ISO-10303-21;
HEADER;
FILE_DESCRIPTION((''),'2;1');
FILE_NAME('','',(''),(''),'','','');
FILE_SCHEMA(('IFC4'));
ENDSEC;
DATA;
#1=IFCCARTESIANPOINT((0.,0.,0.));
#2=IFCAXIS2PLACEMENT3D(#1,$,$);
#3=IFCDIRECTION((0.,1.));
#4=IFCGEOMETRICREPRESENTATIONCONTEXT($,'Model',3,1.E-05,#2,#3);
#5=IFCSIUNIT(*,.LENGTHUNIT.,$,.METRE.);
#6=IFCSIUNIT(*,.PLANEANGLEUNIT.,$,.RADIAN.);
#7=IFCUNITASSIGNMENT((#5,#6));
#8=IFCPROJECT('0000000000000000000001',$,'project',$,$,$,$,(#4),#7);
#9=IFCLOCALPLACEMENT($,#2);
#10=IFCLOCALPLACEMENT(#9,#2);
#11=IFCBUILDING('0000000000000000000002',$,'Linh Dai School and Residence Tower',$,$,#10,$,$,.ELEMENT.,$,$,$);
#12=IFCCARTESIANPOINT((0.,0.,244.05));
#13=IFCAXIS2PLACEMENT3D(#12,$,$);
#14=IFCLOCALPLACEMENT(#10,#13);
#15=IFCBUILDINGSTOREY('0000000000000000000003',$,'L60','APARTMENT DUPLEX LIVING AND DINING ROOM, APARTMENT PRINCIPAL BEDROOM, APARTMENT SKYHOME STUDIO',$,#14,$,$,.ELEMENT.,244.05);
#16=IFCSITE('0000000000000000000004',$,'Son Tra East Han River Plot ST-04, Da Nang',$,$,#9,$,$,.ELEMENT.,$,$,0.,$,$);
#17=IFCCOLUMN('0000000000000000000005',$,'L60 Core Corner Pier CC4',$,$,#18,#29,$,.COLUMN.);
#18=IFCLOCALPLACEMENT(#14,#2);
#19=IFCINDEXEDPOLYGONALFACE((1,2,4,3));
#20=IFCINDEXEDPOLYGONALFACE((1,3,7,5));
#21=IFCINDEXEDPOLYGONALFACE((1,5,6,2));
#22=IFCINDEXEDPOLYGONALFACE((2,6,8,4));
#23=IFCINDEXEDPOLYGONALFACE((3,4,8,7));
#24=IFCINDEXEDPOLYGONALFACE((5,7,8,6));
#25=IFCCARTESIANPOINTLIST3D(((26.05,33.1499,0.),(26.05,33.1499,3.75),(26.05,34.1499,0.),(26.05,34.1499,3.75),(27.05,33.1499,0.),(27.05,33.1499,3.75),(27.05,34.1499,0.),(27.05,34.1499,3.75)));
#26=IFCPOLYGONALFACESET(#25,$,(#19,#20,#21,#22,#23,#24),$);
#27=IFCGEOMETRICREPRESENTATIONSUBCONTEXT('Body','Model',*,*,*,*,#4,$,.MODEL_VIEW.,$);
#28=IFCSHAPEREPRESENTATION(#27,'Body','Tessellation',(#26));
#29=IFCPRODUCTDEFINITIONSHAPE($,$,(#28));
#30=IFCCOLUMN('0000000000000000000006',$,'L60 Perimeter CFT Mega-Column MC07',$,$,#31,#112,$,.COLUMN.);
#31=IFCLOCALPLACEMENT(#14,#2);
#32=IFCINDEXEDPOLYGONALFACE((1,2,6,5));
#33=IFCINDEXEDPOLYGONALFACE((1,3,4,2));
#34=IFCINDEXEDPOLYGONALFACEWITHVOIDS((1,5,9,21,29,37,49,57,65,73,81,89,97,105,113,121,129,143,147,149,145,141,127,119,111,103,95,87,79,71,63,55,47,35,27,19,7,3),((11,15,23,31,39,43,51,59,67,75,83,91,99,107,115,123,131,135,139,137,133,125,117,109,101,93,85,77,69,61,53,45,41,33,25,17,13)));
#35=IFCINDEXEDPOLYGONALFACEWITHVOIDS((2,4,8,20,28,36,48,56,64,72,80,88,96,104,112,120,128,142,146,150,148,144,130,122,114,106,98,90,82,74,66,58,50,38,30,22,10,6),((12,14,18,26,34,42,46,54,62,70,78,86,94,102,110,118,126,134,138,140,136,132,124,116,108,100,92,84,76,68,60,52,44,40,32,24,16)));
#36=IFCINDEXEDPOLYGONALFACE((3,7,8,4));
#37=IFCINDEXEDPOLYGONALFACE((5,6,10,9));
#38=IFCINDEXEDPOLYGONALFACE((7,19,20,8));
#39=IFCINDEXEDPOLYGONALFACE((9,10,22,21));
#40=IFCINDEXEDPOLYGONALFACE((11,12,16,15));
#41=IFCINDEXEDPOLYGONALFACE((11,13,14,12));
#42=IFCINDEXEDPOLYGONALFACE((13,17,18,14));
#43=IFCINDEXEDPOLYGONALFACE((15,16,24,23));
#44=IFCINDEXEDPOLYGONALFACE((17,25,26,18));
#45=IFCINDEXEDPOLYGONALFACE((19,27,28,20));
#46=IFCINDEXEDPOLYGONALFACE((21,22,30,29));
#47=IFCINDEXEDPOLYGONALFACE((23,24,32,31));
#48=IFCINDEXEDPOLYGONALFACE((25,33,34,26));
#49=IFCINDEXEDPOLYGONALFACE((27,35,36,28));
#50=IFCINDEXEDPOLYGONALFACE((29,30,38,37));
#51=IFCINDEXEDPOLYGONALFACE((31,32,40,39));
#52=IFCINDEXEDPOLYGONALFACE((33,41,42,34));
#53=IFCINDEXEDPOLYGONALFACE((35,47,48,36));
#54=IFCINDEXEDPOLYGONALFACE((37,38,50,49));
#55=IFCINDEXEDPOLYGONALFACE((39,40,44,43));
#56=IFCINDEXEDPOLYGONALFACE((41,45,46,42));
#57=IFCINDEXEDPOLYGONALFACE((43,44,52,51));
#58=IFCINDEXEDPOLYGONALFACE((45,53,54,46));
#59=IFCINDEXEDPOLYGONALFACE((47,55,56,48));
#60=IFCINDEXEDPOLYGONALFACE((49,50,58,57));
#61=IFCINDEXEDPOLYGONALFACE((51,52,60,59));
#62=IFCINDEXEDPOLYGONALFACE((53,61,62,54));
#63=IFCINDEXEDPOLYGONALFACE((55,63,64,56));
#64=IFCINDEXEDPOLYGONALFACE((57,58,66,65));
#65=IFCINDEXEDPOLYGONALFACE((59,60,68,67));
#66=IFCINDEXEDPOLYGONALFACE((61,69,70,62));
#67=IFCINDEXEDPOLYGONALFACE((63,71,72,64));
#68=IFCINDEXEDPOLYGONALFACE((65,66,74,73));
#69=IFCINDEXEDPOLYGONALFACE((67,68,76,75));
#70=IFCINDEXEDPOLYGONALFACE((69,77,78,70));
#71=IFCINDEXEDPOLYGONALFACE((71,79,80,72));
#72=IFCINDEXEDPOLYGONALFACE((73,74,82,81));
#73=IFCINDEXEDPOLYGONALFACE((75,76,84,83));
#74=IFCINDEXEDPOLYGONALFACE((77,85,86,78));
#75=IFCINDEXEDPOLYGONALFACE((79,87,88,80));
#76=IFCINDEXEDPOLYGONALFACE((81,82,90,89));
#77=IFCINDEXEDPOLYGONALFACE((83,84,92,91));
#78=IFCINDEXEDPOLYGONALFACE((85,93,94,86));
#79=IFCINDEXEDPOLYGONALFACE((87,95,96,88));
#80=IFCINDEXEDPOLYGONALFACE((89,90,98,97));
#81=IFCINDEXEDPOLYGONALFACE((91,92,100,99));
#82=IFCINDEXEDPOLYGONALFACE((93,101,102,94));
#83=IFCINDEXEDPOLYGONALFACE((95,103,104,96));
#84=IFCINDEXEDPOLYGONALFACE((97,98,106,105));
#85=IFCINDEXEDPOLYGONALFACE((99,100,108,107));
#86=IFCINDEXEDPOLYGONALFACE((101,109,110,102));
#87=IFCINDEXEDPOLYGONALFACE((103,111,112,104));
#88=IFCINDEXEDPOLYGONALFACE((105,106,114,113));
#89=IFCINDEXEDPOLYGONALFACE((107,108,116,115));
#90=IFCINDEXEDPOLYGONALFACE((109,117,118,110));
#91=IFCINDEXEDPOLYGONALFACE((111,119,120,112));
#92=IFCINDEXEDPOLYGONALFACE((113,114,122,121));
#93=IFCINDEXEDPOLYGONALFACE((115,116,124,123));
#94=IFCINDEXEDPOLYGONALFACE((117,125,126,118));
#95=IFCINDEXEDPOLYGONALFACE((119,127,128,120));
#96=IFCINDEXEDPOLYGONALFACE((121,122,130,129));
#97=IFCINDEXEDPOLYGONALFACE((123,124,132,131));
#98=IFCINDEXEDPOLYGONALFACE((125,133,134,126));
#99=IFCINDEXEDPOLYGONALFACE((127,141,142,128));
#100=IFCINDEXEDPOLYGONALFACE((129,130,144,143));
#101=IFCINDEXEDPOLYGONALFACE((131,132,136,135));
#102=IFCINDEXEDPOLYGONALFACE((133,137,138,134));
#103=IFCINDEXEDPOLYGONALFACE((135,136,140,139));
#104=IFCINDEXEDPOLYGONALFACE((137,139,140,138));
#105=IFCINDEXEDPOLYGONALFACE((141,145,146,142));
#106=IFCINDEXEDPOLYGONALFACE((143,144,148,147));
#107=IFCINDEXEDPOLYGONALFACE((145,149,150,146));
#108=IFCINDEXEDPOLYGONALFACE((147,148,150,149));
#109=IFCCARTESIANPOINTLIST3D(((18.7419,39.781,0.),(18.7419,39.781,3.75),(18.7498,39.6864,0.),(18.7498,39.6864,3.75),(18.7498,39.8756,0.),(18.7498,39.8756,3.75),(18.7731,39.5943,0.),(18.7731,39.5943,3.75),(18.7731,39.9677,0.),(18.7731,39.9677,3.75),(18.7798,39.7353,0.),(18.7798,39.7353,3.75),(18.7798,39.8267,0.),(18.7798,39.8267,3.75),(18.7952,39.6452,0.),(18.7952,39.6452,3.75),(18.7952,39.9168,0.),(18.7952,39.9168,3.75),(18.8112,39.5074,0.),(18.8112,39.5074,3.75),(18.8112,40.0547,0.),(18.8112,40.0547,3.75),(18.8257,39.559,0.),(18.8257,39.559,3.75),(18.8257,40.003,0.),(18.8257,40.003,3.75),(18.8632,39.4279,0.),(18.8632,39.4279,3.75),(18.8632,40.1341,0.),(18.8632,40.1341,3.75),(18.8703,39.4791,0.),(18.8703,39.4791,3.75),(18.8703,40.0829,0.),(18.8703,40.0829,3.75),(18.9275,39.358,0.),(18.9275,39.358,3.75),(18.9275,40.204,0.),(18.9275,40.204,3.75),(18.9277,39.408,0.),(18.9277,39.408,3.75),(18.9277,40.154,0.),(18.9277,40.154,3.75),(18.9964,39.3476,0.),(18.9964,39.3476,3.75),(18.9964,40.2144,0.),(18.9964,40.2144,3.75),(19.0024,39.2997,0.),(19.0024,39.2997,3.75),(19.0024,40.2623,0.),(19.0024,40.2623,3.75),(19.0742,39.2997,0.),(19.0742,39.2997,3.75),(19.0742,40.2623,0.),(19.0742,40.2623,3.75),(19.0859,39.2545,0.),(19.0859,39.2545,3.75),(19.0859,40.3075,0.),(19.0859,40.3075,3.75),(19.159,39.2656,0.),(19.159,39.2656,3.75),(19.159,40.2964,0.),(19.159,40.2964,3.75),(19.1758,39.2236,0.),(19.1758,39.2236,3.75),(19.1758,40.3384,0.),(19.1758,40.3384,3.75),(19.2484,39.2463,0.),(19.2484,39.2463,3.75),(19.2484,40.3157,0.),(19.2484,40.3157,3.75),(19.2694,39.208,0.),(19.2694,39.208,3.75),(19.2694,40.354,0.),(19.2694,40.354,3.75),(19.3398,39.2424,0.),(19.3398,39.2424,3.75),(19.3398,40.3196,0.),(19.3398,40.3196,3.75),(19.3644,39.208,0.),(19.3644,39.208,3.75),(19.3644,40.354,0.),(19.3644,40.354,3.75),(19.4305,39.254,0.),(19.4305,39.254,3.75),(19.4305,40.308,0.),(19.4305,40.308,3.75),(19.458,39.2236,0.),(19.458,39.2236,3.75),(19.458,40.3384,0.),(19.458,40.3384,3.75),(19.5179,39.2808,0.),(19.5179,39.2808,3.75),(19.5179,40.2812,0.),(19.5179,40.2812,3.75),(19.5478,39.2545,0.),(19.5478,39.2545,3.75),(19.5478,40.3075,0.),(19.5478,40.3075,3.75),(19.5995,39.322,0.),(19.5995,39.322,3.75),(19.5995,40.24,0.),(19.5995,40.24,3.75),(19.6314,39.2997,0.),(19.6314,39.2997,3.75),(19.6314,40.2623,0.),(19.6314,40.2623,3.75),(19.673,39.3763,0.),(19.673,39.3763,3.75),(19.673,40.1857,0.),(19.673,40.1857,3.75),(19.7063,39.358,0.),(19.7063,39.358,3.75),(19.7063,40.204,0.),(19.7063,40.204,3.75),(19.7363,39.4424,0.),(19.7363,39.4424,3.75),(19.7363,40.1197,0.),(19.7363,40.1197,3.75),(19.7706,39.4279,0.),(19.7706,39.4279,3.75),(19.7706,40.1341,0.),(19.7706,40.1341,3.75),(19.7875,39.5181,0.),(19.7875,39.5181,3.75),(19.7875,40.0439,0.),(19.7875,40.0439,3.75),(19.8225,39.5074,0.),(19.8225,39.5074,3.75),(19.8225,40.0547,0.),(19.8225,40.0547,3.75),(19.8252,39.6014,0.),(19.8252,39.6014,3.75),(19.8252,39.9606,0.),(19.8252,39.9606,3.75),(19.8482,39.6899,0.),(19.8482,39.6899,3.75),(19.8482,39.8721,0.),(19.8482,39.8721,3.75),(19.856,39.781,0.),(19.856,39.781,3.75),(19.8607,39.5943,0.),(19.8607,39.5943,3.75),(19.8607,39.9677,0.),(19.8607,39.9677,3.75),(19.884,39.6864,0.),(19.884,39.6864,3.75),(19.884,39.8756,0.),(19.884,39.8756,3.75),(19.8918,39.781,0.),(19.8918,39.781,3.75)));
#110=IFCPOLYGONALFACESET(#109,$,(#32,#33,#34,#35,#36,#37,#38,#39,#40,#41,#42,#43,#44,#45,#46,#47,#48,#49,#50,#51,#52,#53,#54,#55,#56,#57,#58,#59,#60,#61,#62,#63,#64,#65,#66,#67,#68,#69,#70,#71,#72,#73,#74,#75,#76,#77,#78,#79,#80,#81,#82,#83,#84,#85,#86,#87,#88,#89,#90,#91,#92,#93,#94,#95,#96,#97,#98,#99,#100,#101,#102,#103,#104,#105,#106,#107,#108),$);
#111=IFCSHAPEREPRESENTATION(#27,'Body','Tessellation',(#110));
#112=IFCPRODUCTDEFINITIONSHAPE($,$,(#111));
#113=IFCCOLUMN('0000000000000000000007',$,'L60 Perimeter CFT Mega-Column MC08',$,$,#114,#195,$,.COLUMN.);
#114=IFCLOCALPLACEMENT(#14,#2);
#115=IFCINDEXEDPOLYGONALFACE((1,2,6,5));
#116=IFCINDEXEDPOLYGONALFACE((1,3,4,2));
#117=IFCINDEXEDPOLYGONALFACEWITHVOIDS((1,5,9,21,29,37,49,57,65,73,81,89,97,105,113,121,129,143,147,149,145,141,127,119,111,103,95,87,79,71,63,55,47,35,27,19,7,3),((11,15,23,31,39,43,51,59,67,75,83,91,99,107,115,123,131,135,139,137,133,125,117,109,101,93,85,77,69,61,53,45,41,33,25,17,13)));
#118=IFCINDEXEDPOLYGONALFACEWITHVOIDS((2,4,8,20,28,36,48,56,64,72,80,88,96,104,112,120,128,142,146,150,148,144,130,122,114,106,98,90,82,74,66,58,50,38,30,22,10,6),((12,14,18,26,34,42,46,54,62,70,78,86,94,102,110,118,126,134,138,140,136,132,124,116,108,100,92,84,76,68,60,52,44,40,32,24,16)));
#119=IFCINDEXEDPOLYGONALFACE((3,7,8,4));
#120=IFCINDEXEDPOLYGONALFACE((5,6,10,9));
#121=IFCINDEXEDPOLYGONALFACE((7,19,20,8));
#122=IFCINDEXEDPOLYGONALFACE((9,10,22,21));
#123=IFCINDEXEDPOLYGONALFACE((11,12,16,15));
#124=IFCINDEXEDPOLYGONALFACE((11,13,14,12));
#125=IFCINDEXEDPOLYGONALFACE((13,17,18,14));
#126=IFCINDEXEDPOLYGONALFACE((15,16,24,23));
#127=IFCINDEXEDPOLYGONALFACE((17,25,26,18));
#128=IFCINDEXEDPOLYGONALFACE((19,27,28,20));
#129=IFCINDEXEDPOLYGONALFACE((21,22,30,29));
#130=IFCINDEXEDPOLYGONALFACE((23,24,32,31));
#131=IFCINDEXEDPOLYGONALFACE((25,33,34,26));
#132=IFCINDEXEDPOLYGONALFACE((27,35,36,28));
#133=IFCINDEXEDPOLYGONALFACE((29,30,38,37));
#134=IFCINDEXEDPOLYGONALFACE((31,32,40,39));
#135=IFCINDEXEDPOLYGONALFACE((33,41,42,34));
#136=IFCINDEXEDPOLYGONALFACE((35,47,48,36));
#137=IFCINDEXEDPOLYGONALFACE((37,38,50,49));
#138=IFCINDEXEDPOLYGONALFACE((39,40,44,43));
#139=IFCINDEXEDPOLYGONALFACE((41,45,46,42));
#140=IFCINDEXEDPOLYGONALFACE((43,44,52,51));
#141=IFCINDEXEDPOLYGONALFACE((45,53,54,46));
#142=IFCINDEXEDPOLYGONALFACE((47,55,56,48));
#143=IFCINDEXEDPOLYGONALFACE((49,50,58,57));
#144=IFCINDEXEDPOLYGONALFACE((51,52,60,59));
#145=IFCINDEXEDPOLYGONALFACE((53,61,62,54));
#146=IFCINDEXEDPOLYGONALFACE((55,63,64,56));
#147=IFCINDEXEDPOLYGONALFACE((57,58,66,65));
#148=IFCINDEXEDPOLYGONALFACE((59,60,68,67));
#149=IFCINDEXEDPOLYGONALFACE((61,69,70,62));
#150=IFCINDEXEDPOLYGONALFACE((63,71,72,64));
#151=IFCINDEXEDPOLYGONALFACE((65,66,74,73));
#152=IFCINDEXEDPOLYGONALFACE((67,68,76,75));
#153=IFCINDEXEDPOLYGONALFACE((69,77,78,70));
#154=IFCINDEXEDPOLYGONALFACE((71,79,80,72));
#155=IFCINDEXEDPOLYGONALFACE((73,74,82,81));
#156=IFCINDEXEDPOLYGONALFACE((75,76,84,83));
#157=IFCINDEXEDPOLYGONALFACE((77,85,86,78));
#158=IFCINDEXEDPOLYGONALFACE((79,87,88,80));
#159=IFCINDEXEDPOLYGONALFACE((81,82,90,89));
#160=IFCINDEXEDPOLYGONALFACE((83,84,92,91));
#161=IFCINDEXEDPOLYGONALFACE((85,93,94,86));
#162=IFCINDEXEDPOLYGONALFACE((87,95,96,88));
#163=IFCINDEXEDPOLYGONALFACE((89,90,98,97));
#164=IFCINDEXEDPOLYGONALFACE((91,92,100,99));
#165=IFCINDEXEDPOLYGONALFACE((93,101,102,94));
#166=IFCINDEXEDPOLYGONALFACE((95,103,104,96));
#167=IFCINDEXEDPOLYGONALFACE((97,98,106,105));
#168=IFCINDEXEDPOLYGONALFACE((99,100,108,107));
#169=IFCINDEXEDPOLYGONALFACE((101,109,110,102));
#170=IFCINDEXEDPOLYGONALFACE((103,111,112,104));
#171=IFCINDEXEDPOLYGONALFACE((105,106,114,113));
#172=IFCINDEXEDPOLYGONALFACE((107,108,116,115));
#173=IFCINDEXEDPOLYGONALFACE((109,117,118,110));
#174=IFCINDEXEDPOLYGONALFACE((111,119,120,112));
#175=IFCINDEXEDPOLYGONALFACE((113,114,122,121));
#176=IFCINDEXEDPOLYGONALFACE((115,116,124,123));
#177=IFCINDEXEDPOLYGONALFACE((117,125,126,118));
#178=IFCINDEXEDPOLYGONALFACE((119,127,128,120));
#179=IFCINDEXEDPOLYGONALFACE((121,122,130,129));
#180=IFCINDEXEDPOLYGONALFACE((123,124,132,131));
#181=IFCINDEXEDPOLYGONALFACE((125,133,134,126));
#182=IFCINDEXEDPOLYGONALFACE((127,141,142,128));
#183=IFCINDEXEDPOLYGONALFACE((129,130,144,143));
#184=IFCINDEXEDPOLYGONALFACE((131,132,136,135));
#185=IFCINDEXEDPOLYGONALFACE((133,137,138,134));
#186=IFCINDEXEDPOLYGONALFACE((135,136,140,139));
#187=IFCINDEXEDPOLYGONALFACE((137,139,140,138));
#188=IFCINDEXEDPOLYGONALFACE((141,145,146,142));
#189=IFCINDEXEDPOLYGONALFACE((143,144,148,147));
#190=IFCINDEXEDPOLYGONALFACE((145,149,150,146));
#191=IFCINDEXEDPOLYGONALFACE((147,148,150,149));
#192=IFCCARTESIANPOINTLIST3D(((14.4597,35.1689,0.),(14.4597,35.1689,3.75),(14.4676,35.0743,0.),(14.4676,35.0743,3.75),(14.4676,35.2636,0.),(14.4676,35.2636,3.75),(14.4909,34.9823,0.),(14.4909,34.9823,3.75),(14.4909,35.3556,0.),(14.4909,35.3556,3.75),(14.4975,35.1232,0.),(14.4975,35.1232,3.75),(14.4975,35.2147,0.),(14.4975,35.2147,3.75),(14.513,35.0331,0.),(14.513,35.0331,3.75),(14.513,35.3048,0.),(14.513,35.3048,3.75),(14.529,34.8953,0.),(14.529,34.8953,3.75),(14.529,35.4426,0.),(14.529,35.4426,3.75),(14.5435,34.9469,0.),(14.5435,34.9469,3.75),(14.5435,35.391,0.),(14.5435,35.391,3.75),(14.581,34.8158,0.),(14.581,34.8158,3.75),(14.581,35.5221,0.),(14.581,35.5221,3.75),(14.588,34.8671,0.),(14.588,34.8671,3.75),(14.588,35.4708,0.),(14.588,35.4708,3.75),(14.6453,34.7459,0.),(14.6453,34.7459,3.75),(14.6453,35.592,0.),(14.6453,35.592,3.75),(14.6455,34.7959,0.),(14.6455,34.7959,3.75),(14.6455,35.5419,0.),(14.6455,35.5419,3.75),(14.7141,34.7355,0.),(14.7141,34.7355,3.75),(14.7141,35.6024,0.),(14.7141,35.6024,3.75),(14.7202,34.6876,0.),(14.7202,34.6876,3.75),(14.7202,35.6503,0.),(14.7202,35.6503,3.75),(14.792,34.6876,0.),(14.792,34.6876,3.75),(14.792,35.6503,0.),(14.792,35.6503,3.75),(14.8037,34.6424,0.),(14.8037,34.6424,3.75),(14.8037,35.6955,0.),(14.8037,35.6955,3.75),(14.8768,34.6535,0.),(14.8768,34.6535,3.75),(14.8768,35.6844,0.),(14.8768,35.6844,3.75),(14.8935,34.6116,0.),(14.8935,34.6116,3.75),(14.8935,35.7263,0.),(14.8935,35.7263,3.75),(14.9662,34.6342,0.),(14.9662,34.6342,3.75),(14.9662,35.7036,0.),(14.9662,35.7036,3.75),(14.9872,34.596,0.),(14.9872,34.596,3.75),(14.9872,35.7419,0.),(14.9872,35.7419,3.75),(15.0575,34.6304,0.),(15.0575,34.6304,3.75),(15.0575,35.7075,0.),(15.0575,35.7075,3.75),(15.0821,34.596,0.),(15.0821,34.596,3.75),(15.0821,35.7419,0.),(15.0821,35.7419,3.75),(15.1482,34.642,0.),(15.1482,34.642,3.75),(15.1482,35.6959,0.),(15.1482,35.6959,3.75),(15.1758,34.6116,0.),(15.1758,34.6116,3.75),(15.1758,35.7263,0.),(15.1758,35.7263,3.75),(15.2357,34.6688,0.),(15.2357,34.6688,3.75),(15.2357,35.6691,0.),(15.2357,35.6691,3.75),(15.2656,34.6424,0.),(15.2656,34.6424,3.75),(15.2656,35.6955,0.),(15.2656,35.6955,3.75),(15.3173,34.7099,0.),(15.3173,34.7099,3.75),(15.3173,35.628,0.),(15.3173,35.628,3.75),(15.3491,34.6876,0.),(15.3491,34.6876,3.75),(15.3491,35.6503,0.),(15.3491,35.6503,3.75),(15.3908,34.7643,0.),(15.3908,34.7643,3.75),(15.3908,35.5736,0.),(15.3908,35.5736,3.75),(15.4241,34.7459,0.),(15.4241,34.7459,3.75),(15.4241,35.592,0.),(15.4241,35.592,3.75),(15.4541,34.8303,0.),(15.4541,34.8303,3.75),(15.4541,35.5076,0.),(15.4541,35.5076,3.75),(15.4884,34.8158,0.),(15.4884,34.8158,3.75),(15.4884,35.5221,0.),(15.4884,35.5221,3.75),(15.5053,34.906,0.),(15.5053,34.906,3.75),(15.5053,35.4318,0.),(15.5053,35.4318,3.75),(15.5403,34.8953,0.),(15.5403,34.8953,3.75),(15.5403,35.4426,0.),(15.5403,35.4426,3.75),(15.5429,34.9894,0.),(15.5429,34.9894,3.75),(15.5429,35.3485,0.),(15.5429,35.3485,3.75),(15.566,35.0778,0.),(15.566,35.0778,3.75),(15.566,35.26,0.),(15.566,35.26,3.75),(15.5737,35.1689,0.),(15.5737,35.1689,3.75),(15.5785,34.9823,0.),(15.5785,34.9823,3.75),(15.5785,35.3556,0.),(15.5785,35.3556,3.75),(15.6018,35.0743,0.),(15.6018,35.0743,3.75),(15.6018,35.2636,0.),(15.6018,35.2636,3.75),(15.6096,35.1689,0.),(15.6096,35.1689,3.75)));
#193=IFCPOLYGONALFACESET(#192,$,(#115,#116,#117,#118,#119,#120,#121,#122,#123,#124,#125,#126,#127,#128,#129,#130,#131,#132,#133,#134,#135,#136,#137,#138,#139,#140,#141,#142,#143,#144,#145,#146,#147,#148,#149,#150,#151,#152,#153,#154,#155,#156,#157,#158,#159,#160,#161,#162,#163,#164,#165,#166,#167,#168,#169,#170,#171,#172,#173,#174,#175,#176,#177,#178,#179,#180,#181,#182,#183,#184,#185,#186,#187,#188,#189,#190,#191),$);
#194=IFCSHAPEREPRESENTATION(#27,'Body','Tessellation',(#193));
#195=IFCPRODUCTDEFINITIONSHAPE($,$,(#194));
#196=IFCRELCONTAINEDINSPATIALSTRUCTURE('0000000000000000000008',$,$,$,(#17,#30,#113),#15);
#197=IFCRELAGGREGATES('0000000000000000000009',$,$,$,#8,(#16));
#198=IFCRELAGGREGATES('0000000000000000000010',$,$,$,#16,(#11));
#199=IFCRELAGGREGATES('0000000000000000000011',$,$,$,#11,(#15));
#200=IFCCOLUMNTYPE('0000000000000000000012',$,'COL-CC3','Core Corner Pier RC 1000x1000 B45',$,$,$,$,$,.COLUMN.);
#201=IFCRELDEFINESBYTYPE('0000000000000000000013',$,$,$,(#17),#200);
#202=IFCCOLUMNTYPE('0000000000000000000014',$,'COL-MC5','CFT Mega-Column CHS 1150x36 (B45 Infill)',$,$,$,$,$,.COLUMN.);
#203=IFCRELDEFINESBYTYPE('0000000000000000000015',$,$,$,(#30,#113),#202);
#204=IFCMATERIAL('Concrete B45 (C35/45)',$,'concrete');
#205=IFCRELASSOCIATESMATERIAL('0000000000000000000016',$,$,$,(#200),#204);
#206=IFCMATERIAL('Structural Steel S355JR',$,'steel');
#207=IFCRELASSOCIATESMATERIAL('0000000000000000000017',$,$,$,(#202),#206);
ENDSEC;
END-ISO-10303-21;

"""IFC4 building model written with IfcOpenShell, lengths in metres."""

from ifc_helpers import new_model, si_unit, direction, frame, origin, origin_2d, place, context, subcontext, project, spatial, rectangle, hollow_circle, extrude, material, material_profile, profile_set, type_object, element, save


model = new_model("IFC4")

# Units and contexts
model_context = context("Model", 3, precision=1e-05, world=origin(), true_north=direction((0.0, 1.0)))
body_context = subcontext(model_context, "Body", "Model", "MODEL_VIEW")
ifc_project = project(units=[si_unit("LENGTHUNIT", "METRE"), si_unit("PLANEANGLEUNIT", "RADIAN")], contexts=[model_context])

# Site, building, storey
site_placement = place(None, origin())
site = spatial("IfcSite", under=ifc_project, at=site_placement, Name="Son Tra East Han River Plot ST-04, Da Nang", CompositionType="ELEMENT", RefElevation=0.0)
building_placement = place(site_placement, origin())
building = spatial("IfcBuilding", under=site, at=building_placement, Name="Linh Dai School and Residence Tower", CompositionType="ELEMENT")
storey_placement = place(building_placement, frame((0.0, 0.0, 244.05)))
storey = spatial("IfcBuildingStorey", under=building, at=storey_placement, Name="L60", Description="APARTMENT DUPLEX LIVING AND DINING ROOM, APARTMENT PRINCIPAL BEDROOM, APARTMENT SKYHOME STUDIO", CompositionType="ELEMENT", Elevation=244.05)

# Columns
ifc_material_1 = material(Name="Concrete B45 (C35/45)", Category="concrete")
ifc_material_profile_1 = material_profile(ifc_material_1, rectangle(XDim=1.0, YDim=1.0, at=origin_2d()), Name="RC 1000x1000")
ifc_profile_set_1 = profile_set([ifc_material_profile_1], Name="Concrete B45 (C35/45)")
column_type_1 = type_object("IfcColumnType", Name="COL-CC3", Description="Core Corner Pier RC 1000x1000 B45", PredefinedType="COLUMN", material=ifc_profile_set_1)
column_placement = place(storey_placement, frame((26.55, 33.6499, 0.0), z_axis=(0.0, 0.0, 1.0), x_axis=(1.0, 0.0, 0.0)))
element("IfcColumn", 1, at=column_placement, inside=storey, type_object=column_type_1, Name="L60 Core Corner Pier CC4", PredefinedType="COLUMN", context=body_context, shape_type="SweptSolid", body=[
    extrude(rectangle(XDim=1.0, YDim=1.0, at=origin_2d()), origin(), (0.0, 0.0, 1.0), 3.75),
])
ifc_material_2 = material(Name="Structural Steel S355JR", Category="steel")
ifc_material_profile_2 = material_profile(ifc_material_2, hollow_circle(Radius=0.575, WallThickness=0.0359, at=origin_2d()), Name="CHS 1150x36")
ifc_profile_set_2 = profile_set([ifc_material_profile_2], Name="Structural Steel S355JR")
column_type_2 = type_object("IfcColumnType", Name="COL-MC5", Description="CFT Mega-Column CHS 1150x36 (B45 Infill)", PredefinedType="COLUMN", material=ifc_profile_set_2)
for number, where, z_axis, x_axis, name in (
    (2, (19.3169, 39.781, 0.0), (0.0, 0.0, 1.0), (1.0, 0.0, 0.0), "L60 Perimeter CFT Mega-Column MC07"),
    (3, (15.0347, 35.1689, 0.0), (0.0, 0.0, 1.0), (1.0, 0.0, 0.0), "L60 Perimeter CFT Mega-Column MC08"),
):
    element("IfcColumn", number, at=place(storey_placement, frame(where, z_axis=z_axis, x_axis=x_axis)), inside=storey, type_object=column_type_2, Name=name, PredefinedType="COLUMN", context=body_context, shape_type="SweptSolid", body=[
        extrude(hollow_circle(Radius=0.575, WallThickness=0.0359, at=origin_2d()), origin(), (0.0, 0.0, 1.0), 3.75),
    ])

save(model, "model.ifc")
